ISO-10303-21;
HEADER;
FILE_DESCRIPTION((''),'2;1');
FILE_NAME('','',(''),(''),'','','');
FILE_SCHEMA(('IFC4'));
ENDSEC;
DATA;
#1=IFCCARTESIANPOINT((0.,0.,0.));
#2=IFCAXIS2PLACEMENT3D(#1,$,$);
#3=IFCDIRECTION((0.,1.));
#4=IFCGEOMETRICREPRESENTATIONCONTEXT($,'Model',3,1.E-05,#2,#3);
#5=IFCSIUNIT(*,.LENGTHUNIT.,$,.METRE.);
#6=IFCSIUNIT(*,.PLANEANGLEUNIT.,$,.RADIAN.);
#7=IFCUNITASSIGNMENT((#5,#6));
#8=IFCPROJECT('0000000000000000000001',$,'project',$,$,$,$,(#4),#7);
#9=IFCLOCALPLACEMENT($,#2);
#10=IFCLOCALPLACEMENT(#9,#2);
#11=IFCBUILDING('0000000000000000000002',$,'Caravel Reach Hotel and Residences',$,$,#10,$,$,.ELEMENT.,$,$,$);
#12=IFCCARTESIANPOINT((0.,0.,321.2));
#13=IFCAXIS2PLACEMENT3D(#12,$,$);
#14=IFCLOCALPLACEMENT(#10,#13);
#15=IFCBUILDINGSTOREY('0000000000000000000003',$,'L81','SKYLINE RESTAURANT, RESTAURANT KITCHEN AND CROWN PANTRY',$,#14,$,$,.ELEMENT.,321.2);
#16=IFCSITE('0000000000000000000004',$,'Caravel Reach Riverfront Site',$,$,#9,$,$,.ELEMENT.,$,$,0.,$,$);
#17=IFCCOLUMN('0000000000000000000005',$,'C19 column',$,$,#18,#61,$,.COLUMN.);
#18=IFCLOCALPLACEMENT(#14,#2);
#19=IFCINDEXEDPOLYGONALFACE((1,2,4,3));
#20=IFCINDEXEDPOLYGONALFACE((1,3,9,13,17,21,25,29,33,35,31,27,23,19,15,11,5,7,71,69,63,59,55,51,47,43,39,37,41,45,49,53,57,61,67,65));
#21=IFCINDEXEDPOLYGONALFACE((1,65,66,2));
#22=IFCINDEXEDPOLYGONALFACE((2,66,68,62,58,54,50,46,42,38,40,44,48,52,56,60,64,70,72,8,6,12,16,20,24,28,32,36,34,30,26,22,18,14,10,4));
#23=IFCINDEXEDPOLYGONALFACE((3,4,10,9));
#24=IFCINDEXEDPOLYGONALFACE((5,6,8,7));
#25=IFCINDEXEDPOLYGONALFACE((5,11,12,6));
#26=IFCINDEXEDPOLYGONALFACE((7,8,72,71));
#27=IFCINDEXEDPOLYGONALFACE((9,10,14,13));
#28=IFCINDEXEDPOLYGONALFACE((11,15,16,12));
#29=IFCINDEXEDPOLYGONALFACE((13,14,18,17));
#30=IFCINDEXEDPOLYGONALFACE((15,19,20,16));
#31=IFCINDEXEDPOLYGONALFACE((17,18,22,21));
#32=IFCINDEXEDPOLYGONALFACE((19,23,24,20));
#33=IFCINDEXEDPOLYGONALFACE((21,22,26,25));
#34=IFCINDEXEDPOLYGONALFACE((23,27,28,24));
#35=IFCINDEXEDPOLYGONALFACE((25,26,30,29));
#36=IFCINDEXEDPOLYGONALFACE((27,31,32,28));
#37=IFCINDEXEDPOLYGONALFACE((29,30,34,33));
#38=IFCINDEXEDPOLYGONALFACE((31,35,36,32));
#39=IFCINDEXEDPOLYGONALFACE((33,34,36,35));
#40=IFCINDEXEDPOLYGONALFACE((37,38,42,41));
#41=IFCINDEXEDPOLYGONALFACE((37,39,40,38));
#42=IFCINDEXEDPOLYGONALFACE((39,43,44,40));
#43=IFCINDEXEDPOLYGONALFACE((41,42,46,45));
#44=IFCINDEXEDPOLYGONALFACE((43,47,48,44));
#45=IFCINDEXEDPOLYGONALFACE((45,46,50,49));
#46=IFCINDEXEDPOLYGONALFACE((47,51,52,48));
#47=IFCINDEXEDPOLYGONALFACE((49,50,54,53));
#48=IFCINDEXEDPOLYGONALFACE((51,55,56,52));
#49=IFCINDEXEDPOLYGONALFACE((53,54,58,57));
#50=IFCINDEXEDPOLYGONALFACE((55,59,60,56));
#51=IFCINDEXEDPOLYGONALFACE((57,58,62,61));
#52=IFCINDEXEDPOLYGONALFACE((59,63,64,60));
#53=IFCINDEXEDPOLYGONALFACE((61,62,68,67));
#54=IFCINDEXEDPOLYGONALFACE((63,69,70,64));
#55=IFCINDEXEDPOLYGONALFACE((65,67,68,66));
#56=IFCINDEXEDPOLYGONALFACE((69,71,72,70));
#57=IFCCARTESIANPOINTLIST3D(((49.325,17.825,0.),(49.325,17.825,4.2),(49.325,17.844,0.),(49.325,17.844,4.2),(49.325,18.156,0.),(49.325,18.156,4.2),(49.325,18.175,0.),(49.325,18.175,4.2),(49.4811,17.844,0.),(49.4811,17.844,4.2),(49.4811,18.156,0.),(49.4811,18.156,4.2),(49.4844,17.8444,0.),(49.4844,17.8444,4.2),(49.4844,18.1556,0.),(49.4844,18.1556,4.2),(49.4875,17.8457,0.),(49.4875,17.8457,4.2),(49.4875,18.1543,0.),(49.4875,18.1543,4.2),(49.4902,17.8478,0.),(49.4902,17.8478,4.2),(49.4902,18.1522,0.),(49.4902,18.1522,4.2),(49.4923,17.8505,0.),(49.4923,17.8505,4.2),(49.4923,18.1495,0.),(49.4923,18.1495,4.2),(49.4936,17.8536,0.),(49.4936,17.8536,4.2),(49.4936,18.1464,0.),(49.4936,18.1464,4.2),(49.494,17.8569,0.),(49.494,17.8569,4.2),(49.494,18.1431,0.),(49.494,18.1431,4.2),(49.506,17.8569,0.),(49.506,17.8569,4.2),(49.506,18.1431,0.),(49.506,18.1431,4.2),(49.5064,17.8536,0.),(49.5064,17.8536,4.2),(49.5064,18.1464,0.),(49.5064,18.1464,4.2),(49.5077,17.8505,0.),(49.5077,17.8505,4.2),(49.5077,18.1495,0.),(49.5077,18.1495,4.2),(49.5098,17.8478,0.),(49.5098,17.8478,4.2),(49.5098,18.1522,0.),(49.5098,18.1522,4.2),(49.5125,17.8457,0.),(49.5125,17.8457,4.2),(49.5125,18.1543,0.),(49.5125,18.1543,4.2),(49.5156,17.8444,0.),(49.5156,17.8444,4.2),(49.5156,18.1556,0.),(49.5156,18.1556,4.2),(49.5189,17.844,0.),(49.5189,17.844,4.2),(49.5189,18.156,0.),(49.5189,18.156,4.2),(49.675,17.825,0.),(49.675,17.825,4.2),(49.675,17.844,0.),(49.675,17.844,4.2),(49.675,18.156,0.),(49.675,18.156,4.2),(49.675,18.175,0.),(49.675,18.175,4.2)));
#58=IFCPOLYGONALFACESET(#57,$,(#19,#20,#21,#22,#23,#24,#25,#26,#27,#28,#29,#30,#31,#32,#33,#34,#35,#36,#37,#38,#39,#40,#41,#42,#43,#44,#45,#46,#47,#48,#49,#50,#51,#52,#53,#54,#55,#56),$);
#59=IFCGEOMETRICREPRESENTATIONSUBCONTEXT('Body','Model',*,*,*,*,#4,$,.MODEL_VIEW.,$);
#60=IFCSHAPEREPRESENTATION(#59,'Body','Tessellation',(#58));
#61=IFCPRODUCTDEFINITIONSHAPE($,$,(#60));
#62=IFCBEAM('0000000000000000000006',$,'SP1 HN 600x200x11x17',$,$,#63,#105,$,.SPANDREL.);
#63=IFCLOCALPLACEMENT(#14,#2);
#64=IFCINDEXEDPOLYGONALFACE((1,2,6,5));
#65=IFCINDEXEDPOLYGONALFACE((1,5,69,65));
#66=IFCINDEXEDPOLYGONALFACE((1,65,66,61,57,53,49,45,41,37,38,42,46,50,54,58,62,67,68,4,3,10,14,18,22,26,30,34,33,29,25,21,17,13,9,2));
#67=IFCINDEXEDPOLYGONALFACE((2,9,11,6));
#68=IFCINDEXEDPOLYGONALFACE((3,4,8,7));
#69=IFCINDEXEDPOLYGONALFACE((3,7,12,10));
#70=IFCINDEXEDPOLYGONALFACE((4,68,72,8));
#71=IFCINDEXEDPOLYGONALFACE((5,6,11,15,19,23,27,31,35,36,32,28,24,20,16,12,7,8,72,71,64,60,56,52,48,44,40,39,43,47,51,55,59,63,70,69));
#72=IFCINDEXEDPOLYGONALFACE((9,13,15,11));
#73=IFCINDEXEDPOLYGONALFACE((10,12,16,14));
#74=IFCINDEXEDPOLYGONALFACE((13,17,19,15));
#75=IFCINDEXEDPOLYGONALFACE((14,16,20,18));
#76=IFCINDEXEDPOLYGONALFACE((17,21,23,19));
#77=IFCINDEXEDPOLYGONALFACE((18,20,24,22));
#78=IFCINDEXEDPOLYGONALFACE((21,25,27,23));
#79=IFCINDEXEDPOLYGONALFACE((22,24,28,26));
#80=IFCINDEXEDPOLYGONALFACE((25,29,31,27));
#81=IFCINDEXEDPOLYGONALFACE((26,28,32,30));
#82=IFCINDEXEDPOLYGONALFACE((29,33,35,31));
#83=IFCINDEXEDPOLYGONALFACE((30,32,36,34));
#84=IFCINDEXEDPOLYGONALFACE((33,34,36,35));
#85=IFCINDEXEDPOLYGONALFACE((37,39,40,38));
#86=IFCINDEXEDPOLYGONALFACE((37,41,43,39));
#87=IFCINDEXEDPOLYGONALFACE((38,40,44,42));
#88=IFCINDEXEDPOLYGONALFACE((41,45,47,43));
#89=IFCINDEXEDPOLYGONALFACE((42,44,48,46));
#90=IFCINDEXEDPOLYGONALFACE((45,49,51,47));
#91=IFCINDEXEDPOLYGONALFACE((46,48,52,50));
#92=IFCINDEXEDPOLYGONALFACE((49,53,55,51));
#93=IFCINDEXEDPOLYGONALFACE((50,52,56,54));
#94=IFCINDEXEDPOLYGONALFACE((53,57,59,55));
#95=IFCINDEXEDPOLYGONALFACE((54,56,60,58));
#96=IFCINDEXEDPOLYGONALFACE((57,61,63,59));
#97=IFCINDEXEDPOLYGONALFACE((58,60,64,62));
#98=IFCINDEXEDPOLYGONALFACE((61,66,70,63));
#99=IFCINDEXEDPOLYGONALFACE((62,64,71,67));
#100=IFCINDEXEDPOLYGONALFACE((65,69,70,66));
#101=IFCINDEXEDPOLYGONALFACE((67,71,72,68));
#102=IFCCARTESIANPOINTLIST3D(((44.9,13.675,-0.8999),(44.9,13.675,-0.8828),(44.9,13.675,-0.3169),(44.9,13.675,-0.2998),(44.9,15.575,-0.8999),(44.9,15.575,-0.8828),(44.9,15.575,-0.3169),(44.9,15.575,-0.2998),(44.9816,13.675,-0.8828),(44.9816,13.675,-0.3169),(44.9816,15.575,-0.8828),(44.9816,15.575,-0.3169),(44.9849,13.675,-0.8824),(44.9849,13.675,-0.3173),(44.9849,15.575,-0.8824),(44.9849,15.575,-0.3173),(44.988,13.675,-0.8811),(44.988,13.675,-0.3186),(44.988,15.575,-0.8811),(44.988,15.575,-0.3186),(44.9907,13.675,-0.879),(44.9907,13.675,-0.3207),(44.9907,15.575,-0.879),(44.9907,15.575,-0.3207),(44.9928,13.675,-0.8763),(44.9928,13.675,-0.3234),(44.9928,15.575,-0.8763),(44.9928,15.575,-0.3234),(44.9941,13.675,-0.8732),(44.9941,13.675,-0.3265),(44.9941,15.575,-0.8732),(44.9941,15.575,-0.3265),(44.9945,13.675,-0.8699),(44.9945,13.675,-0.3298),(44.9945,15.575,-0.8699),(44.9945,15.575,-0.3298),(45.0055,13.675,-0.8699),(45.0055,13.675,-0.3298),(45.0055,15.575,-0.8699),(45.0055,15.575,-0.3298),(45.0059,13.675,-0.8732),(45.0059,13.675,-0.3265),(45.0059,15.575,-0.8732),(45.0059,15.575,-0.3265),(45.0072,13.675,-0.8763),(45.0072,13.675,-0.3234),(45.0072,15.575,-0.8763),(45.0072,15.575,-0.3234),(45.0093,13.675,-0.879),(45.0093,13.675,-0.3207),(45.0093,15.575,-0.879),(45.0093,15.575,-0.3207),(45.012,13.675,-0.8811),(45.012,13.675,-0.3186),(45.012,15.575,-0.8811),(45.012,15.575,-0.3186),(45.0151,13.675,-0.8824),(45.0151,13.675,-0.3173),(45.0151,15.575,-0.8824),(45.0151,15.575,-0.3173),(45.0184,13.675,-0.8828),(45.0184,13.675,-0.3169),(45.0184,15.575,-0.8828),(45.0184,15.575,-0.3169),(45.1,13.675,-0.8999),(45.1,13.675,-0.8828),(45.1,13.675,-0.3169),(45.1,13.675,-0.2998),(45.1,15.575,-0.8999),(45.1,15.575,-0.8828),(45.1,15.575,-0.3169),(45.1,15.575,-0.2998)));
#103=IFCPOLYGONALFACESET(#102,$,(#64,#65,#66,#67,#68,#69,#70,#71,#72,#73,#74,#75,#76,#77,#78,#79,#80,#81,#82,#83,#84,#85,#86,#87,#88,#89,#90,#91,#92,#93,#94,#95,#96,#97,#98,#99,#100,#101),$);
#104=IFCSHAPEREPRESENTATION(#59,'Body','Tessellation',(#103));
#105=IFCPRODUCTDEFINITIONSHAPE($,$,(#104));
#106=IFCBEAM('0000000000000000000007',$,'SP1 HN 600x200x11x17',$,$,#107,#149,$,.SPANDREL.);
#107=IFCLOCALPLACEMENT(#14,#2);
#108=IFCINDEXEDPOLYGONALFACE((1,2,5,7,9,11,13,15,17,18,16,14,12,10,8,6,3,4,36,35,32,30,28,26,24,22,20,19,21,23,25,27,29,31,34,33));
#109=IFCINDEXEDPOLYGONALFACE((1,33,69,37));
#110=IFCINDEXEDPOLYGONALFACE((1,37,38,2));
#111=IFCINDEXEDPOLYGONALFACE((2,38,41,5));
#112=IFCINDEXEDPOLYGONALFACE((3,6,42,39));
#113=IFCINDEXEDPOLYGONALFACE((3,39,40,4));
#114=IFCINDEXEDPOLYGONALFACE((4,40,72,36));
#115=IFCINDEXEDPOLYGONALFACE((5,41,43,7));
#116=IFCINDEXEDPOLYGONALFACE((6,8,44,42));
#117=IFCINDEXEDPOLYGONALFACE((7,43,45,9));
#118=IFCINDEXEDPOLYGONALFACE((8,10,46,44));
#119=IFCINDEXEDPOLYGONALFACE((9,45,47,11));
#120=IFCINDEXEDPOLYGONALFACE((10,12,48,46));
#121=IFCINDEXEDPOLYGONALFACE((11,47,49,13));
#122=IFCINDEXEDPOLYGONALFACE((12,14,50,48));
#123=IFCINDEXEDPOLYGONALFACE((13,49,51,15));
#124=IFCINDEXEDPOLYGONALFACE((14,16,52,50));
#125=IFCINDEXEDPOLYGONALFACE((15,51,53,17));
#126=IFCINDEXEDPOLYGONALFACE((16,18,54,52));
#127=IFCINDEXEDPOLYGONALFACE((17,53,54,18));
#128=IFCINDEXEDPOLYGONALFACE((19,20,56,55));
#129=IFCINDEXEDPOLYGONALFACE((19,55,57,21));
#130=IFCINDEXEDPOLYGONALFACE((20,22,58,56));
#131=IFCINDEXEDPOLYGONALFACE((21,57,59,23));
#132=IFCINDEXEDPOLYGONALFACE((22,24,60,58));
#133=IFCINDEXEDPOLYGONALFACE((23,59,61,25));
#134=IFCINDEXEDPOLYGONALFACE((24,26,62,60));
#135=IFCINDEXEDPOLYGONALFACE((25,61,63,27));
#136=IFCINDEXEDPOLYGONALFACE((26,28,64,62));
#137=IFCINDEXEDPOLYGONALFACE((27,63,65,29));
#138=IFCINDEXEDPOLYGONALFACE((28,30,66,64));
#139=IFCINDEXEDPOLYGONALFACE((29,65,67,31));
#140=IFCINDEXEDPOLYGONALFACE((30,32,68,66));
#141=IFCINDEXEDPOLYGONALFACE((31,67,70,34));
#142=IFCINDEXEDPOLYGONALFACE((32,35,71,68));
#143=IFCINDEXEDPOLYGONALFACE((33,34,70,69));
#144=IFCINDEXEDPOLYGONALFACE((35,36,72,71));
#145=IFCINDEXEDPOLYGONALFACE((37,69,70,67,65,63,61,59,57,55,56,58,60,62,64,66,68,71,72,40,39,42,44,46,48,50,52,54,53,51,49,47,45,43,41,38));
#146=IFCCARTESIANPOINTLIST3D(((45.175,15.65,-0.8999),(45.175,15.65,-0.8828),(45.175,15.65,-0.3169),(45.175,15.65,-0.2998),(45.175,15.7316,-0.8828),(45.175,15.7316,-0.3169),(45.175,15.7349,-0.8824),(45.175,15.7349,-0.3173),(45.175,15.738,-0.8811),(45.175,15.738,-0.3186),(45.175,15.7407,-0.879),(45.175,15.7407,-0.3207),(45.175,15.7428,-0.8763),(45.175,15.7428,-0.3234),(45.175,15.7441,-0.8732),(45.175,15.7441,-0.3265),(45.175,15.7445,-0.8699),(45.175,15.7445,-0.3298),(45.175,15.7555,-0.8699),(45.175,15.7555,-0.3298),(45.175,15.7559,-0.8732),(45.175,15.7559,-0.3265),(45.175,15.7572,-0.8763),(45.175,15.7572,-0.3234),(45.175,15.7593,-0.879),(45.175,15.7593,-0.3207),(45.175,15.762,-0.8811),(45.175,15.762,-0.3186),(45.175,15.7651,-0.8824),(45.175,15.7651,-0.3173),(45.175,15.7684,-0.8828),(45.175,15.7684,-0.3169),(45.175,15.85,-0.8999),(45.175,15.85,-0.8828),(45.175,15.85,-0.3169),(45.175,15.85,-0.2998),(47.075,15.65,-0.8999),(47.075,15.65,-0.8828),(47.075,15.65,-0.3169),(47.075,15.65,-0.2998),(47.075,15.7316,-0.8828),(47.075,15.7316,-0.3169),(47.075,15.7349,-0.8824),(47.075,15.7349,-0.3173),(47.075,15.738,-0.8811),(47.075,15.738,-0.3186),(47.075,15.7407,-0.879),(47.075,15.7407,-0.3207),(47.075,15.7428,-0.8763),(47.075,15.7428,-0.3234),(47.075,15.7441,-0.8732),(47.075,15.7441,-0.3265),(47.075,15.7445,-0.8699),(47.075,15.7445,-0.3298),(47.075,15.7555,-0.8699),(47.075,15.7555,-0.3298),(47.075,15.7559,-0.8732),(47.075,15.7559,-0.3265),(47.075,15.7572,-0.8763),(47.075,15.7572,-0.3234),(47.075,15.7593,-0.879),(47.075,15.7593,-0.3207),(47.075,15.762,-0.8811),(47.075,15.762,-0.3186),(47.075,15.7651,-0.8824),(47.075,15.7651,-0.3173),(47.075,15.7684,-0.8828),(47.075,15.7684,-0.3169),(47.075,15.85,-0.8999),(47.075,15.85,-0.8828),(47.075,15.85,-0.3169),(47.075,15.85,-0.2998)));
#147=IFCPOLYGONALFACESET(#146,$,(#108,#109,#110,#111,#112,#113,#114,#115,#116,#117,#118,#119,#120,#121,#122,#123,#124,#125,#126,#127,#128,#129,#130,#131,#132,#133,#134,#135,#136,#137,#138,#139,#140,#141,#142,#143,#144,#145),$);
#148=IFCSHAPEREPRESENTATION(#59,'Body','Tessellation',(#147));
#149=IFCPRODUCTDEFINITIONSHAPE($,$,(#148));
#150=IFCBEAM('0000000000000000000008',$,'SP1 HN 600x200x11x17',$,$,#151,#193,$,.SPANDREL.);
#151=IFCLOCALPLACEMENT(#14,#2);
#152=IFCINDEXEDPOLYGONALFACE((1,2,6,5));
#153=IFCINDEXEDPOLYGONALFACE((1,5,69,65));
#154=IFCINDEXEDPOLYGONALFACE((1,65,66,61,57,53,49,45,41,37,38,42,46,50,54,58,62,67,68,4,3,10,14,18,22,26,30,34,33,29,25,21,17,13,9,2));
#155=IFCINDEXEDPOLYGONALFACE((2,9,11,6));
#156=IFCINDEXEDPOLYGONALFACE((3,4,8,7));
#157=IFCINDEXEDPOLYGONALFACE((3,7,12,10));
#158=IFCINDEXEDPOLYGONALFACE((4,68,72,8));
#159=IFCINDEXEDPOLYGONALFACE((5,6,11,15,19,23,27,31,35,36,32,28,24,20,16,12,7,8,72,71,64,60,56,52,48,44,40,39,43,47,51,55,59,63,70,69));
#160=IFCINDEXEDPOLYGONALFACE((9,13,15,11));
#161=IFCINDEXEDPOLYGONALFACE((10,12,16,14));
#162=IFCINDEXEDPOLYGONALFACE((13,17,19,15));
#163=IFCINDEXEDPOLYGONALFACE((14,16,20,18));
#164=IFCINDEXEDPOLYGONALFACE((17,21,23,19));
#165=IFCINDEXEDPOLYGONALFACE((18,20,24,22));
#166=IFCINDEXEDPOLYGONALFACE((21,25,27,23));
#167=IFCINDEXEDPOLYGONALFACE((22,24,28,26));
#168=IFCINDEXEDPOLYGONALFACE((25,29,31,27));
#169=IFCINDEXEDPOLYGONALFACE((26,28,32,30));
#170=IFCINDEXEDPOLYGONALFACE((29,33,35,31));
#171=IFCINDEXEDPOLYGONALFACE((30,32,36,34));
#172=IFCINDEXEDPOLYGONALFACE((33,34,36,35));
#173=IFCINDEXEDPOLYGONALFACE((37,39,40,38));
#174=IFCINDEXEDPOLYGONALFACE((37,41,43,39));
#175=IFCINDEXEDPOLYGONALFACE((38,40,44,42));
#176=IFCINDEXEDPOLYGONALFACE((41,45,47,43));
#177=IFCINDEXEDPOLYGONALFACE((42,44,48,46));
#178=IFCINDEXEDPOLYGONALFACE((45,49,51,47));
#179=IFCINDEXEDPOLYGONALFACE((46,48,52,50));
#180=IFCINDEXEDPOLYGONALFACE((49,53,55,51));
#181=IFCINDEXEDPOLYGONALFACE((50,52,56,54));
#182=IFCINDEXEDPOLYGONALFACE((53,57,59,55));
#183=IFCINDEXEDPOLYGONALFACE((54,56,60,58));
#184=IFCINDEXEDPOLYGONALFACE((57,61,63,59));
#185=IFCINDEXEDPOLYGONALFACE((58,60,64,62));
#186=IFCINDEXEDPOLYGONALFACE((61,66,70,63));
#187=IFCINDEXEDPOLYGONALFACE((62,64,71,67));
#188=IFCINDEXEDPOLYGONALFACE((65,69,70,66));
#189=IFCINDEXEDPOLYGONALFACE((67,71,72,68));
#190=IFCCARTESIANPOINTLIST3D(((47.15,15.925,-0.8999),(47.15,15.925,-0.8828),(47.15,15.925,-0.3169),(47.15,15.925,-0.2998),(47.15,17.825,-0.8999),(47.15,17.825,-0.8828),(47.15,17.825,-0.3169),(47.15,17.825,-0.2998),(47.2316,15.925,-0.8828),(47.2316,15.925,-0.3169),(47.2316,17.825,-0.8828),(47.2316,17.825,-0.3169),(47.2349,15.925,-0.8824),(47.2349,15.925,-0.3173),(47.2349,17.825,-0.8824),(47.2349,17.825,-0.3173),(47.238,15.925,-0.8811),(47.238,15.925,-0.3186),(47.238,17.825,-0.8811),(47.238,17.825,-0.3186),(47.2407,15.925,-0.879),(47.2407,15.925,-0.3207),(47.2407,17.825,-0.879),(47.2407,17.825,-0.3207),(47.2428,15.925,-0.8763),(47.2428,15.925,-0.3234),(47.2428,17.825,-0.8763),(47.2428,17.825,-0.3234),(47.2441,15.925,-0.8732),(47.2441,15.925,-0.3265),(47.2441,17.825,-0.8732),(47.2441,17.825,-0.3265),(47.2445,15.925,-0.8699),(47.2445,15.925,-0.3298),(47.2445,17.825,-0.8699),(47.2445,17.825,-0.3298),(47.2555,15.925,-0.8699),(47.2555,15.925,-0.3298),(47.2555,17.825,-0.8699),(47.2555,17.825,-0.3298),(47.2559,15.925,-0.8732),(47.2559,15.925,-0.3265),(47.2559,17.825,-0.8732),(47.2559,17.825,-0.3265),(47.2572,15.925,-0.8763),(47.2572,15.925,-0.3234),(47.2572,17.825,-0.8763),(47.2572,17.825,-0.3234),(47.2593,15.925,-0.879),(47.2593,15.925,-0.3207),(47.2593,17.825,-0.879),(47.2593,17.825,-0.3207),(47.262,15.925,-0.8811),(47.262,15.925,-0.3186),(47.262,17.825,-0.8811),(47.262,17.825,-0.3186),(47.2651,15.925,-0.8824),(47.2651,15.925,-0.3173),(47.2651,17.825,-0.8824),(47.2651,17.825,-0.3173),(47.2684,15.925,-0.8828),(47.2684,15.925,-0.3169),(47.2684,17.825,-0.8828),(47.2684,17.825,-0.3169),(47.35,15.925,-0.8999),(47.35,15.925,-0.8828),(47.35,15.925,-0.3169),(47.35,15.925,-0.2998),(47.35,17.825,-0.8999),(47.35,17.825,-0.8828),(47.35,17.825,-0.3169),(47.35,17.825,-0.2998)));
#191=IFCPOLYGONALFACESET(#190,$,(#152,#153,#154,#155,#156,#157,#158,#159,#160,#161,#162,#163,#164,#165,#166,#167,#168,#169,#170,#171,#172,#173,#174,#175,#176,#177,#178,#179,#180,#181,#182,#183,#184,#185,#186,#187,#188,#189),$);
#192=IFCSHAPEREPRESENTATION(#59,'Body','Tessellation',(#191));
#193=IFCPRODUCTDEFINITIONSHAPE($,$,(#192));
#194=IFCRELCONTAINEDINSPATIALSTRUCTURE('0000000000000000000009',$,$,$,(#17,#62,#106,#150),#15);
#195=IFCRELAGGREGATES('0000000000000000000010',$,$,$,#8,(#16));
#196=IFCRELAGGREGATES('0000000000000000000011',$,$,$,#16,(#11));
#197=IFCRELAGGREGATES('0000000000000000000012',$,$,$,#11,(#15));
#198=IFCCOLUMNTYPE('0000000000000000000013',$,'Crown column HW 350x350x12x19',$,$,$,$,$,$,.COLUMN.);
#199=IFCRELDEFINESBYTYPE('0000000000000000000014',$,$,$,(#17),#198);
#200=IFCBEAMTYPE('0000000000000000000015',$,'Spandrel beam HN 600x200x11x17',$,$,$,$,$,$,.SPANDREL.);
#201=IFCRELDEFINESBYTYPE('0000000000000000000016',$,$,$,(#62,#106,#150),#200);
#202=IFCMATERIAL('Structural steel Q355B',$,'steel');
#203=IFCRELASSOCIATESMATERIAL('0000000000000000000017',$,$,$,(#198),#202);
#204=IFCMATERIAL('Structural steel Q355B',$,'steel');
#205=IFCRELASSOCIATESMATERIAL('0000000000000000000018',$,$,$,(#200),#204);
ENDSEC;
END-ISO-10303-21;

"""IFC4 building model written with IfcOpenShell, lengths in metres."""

from ifc_helpers import new_model, si_unit, direction, frame, origin, origin_2d, place, context, subcontext, project, spatial, i_section, extrude, material, material_profile, profile_set, type_object, element, save


model = new_model("IFC4")

# Units and contexts
model_context = context("Model", 3, precision=1e-05, world=origin(), true_north=direction((0.0, 1.0)))
body_context = subcontext(model_context, "Body", "Model", "MODEL_VIEW")
ifc_project = project(units=[si_unit("LENGTHUNIT", "METRE"), si_unit("PLANEANGLEUNIT", "RADIAN")], contexts=[model_context])

# Site, building, storey
site_placement = place(None, origin())
site = spatial("IfcSite", under=ifc_project, at=site_placement, Name="Caravel Reach Riverfront Site", CompositionType="ELEMENT", RefElevation=0.0)
building_placement = place(site_placement, origin())
building = spatial("IfcBuilding", under=site, at=building_placement, Name="Caravel Reach Hotel and Residences", CompositionType="ELEMENT")
storey_placement = place(building_placement, frame((0.0, 0.0, 321.2)))
storey = spatial("IfcBuildingStorey", under=building, at=storey_placement, Name="L81", Description="SKYLINE RESTAURANT, RESTAURANT KITCHEN AND CROWN PANTRY", CompositionType="ELEMENT", Elevation=321.2)

# Column
ifc_material_1 = material(Name="Structural steel Q355B", Category="steel")
ifc_material_profile_1 = material_profile(ifc_material_1, i_section(OverallWidth=0.3501, OverallDepth=0.3501, WebThickness=0.012, FlangeThickness=0.019, FilletRadius=0.0129, at=origin_2d()), Name="HW 350x350x12x19")
ifc_profile_set_1 = profile_set([ifc_material_profile_1], Name="Structural steel Q355B")
column_type = type_object("IfcColumnType", Name="Crown column HW 350x350x12x19", PredefinedType="COLUMN", material=ifc_profile_set_1)
for number, where, z_axis, x_axis, name in (
    (1, (49.5, 18.0, 0.0), (0.0, 0.0, 1.0), (1.0, 0.0, 0.0), "C19 column"),
):
    element("IfcColumn", number, at=place(storey_placement, frame(where, z_axis=z_axis, x_axis=x_axis)), inside=storey, type_object=column_type, Name=name, PredefinedType="COLUMN", context=body_context, shape_type="SweptSolid", body=[
        extrude(i_section(OverallWidth=0.3501, OverallDepth=0.3501, WebThickness=0.012, FlangeThickness=0.019, FilletRadius=0.0129, at=origin_2d()), origin(), (0.0, 0.0, 1.0), 4.2),
    ])

# Beams
ifc_material_2 = material(Name="Structural steel Q355B", Category="steel")
ifc_material_profile_2 = material_profile(ifc_material_2, i_section(OverallWidth=0.2, OverallDepth=0.6001, WebThickness=0.011, FlangeThickness=0.0171, FilletRadius=0.0129, at=origin_2d()), Name="HN 600x200x11x17")
ifc_profile_set_2 = profile_set([ifc_material_profile_2], Name="Structural steel Q355B")
beam_type = type_object("IfcBeamType", Name="Spandrel beam HN 600x200x11x17", PredefinedType="SPANDREL", material=ifc_profile_set_2)
for number, where, z_axis, x_axis, name in (
    (2, (45.0, 13.675, -0.5999), (0.0, 1.0, 0.0), (-1.0, 0.0, 0.0), "SP1 HN 600x200x11x17"),
    (3, (45.175, 15.75, -0.5999), (1.0, 0.0, 0.0), (0.0, 1.0, 0.0), "SP1 HN 600x200x11x17"),
    (4, (47.25, 15.925, -0.5999), (0.0, 1.0, 0.0), (-1.0, 0.0, 0.0), "SP1 HN 600x200x11x17"),
):
    element("IfcBeam", number, at=place(storey_placement, frame(where, z_axis=z_axis, x_axis=x_axis)), inside=storey, type_object=beam_type, Name=name, PredefinedType="SPANDREL", context=body_context, shape_type="SweptSolid", body=[
        extrude(i_section(OverallWidth=0.2, OverallDepth=0.6001, WebThickness=0.011, FlangeThickness=0.0171, FilletRadius=0.0129, at=origin_2d()), origin(), (0.0, 0.0, 1.0), 1.8999),
    ])

save(model, "model.ifc")
